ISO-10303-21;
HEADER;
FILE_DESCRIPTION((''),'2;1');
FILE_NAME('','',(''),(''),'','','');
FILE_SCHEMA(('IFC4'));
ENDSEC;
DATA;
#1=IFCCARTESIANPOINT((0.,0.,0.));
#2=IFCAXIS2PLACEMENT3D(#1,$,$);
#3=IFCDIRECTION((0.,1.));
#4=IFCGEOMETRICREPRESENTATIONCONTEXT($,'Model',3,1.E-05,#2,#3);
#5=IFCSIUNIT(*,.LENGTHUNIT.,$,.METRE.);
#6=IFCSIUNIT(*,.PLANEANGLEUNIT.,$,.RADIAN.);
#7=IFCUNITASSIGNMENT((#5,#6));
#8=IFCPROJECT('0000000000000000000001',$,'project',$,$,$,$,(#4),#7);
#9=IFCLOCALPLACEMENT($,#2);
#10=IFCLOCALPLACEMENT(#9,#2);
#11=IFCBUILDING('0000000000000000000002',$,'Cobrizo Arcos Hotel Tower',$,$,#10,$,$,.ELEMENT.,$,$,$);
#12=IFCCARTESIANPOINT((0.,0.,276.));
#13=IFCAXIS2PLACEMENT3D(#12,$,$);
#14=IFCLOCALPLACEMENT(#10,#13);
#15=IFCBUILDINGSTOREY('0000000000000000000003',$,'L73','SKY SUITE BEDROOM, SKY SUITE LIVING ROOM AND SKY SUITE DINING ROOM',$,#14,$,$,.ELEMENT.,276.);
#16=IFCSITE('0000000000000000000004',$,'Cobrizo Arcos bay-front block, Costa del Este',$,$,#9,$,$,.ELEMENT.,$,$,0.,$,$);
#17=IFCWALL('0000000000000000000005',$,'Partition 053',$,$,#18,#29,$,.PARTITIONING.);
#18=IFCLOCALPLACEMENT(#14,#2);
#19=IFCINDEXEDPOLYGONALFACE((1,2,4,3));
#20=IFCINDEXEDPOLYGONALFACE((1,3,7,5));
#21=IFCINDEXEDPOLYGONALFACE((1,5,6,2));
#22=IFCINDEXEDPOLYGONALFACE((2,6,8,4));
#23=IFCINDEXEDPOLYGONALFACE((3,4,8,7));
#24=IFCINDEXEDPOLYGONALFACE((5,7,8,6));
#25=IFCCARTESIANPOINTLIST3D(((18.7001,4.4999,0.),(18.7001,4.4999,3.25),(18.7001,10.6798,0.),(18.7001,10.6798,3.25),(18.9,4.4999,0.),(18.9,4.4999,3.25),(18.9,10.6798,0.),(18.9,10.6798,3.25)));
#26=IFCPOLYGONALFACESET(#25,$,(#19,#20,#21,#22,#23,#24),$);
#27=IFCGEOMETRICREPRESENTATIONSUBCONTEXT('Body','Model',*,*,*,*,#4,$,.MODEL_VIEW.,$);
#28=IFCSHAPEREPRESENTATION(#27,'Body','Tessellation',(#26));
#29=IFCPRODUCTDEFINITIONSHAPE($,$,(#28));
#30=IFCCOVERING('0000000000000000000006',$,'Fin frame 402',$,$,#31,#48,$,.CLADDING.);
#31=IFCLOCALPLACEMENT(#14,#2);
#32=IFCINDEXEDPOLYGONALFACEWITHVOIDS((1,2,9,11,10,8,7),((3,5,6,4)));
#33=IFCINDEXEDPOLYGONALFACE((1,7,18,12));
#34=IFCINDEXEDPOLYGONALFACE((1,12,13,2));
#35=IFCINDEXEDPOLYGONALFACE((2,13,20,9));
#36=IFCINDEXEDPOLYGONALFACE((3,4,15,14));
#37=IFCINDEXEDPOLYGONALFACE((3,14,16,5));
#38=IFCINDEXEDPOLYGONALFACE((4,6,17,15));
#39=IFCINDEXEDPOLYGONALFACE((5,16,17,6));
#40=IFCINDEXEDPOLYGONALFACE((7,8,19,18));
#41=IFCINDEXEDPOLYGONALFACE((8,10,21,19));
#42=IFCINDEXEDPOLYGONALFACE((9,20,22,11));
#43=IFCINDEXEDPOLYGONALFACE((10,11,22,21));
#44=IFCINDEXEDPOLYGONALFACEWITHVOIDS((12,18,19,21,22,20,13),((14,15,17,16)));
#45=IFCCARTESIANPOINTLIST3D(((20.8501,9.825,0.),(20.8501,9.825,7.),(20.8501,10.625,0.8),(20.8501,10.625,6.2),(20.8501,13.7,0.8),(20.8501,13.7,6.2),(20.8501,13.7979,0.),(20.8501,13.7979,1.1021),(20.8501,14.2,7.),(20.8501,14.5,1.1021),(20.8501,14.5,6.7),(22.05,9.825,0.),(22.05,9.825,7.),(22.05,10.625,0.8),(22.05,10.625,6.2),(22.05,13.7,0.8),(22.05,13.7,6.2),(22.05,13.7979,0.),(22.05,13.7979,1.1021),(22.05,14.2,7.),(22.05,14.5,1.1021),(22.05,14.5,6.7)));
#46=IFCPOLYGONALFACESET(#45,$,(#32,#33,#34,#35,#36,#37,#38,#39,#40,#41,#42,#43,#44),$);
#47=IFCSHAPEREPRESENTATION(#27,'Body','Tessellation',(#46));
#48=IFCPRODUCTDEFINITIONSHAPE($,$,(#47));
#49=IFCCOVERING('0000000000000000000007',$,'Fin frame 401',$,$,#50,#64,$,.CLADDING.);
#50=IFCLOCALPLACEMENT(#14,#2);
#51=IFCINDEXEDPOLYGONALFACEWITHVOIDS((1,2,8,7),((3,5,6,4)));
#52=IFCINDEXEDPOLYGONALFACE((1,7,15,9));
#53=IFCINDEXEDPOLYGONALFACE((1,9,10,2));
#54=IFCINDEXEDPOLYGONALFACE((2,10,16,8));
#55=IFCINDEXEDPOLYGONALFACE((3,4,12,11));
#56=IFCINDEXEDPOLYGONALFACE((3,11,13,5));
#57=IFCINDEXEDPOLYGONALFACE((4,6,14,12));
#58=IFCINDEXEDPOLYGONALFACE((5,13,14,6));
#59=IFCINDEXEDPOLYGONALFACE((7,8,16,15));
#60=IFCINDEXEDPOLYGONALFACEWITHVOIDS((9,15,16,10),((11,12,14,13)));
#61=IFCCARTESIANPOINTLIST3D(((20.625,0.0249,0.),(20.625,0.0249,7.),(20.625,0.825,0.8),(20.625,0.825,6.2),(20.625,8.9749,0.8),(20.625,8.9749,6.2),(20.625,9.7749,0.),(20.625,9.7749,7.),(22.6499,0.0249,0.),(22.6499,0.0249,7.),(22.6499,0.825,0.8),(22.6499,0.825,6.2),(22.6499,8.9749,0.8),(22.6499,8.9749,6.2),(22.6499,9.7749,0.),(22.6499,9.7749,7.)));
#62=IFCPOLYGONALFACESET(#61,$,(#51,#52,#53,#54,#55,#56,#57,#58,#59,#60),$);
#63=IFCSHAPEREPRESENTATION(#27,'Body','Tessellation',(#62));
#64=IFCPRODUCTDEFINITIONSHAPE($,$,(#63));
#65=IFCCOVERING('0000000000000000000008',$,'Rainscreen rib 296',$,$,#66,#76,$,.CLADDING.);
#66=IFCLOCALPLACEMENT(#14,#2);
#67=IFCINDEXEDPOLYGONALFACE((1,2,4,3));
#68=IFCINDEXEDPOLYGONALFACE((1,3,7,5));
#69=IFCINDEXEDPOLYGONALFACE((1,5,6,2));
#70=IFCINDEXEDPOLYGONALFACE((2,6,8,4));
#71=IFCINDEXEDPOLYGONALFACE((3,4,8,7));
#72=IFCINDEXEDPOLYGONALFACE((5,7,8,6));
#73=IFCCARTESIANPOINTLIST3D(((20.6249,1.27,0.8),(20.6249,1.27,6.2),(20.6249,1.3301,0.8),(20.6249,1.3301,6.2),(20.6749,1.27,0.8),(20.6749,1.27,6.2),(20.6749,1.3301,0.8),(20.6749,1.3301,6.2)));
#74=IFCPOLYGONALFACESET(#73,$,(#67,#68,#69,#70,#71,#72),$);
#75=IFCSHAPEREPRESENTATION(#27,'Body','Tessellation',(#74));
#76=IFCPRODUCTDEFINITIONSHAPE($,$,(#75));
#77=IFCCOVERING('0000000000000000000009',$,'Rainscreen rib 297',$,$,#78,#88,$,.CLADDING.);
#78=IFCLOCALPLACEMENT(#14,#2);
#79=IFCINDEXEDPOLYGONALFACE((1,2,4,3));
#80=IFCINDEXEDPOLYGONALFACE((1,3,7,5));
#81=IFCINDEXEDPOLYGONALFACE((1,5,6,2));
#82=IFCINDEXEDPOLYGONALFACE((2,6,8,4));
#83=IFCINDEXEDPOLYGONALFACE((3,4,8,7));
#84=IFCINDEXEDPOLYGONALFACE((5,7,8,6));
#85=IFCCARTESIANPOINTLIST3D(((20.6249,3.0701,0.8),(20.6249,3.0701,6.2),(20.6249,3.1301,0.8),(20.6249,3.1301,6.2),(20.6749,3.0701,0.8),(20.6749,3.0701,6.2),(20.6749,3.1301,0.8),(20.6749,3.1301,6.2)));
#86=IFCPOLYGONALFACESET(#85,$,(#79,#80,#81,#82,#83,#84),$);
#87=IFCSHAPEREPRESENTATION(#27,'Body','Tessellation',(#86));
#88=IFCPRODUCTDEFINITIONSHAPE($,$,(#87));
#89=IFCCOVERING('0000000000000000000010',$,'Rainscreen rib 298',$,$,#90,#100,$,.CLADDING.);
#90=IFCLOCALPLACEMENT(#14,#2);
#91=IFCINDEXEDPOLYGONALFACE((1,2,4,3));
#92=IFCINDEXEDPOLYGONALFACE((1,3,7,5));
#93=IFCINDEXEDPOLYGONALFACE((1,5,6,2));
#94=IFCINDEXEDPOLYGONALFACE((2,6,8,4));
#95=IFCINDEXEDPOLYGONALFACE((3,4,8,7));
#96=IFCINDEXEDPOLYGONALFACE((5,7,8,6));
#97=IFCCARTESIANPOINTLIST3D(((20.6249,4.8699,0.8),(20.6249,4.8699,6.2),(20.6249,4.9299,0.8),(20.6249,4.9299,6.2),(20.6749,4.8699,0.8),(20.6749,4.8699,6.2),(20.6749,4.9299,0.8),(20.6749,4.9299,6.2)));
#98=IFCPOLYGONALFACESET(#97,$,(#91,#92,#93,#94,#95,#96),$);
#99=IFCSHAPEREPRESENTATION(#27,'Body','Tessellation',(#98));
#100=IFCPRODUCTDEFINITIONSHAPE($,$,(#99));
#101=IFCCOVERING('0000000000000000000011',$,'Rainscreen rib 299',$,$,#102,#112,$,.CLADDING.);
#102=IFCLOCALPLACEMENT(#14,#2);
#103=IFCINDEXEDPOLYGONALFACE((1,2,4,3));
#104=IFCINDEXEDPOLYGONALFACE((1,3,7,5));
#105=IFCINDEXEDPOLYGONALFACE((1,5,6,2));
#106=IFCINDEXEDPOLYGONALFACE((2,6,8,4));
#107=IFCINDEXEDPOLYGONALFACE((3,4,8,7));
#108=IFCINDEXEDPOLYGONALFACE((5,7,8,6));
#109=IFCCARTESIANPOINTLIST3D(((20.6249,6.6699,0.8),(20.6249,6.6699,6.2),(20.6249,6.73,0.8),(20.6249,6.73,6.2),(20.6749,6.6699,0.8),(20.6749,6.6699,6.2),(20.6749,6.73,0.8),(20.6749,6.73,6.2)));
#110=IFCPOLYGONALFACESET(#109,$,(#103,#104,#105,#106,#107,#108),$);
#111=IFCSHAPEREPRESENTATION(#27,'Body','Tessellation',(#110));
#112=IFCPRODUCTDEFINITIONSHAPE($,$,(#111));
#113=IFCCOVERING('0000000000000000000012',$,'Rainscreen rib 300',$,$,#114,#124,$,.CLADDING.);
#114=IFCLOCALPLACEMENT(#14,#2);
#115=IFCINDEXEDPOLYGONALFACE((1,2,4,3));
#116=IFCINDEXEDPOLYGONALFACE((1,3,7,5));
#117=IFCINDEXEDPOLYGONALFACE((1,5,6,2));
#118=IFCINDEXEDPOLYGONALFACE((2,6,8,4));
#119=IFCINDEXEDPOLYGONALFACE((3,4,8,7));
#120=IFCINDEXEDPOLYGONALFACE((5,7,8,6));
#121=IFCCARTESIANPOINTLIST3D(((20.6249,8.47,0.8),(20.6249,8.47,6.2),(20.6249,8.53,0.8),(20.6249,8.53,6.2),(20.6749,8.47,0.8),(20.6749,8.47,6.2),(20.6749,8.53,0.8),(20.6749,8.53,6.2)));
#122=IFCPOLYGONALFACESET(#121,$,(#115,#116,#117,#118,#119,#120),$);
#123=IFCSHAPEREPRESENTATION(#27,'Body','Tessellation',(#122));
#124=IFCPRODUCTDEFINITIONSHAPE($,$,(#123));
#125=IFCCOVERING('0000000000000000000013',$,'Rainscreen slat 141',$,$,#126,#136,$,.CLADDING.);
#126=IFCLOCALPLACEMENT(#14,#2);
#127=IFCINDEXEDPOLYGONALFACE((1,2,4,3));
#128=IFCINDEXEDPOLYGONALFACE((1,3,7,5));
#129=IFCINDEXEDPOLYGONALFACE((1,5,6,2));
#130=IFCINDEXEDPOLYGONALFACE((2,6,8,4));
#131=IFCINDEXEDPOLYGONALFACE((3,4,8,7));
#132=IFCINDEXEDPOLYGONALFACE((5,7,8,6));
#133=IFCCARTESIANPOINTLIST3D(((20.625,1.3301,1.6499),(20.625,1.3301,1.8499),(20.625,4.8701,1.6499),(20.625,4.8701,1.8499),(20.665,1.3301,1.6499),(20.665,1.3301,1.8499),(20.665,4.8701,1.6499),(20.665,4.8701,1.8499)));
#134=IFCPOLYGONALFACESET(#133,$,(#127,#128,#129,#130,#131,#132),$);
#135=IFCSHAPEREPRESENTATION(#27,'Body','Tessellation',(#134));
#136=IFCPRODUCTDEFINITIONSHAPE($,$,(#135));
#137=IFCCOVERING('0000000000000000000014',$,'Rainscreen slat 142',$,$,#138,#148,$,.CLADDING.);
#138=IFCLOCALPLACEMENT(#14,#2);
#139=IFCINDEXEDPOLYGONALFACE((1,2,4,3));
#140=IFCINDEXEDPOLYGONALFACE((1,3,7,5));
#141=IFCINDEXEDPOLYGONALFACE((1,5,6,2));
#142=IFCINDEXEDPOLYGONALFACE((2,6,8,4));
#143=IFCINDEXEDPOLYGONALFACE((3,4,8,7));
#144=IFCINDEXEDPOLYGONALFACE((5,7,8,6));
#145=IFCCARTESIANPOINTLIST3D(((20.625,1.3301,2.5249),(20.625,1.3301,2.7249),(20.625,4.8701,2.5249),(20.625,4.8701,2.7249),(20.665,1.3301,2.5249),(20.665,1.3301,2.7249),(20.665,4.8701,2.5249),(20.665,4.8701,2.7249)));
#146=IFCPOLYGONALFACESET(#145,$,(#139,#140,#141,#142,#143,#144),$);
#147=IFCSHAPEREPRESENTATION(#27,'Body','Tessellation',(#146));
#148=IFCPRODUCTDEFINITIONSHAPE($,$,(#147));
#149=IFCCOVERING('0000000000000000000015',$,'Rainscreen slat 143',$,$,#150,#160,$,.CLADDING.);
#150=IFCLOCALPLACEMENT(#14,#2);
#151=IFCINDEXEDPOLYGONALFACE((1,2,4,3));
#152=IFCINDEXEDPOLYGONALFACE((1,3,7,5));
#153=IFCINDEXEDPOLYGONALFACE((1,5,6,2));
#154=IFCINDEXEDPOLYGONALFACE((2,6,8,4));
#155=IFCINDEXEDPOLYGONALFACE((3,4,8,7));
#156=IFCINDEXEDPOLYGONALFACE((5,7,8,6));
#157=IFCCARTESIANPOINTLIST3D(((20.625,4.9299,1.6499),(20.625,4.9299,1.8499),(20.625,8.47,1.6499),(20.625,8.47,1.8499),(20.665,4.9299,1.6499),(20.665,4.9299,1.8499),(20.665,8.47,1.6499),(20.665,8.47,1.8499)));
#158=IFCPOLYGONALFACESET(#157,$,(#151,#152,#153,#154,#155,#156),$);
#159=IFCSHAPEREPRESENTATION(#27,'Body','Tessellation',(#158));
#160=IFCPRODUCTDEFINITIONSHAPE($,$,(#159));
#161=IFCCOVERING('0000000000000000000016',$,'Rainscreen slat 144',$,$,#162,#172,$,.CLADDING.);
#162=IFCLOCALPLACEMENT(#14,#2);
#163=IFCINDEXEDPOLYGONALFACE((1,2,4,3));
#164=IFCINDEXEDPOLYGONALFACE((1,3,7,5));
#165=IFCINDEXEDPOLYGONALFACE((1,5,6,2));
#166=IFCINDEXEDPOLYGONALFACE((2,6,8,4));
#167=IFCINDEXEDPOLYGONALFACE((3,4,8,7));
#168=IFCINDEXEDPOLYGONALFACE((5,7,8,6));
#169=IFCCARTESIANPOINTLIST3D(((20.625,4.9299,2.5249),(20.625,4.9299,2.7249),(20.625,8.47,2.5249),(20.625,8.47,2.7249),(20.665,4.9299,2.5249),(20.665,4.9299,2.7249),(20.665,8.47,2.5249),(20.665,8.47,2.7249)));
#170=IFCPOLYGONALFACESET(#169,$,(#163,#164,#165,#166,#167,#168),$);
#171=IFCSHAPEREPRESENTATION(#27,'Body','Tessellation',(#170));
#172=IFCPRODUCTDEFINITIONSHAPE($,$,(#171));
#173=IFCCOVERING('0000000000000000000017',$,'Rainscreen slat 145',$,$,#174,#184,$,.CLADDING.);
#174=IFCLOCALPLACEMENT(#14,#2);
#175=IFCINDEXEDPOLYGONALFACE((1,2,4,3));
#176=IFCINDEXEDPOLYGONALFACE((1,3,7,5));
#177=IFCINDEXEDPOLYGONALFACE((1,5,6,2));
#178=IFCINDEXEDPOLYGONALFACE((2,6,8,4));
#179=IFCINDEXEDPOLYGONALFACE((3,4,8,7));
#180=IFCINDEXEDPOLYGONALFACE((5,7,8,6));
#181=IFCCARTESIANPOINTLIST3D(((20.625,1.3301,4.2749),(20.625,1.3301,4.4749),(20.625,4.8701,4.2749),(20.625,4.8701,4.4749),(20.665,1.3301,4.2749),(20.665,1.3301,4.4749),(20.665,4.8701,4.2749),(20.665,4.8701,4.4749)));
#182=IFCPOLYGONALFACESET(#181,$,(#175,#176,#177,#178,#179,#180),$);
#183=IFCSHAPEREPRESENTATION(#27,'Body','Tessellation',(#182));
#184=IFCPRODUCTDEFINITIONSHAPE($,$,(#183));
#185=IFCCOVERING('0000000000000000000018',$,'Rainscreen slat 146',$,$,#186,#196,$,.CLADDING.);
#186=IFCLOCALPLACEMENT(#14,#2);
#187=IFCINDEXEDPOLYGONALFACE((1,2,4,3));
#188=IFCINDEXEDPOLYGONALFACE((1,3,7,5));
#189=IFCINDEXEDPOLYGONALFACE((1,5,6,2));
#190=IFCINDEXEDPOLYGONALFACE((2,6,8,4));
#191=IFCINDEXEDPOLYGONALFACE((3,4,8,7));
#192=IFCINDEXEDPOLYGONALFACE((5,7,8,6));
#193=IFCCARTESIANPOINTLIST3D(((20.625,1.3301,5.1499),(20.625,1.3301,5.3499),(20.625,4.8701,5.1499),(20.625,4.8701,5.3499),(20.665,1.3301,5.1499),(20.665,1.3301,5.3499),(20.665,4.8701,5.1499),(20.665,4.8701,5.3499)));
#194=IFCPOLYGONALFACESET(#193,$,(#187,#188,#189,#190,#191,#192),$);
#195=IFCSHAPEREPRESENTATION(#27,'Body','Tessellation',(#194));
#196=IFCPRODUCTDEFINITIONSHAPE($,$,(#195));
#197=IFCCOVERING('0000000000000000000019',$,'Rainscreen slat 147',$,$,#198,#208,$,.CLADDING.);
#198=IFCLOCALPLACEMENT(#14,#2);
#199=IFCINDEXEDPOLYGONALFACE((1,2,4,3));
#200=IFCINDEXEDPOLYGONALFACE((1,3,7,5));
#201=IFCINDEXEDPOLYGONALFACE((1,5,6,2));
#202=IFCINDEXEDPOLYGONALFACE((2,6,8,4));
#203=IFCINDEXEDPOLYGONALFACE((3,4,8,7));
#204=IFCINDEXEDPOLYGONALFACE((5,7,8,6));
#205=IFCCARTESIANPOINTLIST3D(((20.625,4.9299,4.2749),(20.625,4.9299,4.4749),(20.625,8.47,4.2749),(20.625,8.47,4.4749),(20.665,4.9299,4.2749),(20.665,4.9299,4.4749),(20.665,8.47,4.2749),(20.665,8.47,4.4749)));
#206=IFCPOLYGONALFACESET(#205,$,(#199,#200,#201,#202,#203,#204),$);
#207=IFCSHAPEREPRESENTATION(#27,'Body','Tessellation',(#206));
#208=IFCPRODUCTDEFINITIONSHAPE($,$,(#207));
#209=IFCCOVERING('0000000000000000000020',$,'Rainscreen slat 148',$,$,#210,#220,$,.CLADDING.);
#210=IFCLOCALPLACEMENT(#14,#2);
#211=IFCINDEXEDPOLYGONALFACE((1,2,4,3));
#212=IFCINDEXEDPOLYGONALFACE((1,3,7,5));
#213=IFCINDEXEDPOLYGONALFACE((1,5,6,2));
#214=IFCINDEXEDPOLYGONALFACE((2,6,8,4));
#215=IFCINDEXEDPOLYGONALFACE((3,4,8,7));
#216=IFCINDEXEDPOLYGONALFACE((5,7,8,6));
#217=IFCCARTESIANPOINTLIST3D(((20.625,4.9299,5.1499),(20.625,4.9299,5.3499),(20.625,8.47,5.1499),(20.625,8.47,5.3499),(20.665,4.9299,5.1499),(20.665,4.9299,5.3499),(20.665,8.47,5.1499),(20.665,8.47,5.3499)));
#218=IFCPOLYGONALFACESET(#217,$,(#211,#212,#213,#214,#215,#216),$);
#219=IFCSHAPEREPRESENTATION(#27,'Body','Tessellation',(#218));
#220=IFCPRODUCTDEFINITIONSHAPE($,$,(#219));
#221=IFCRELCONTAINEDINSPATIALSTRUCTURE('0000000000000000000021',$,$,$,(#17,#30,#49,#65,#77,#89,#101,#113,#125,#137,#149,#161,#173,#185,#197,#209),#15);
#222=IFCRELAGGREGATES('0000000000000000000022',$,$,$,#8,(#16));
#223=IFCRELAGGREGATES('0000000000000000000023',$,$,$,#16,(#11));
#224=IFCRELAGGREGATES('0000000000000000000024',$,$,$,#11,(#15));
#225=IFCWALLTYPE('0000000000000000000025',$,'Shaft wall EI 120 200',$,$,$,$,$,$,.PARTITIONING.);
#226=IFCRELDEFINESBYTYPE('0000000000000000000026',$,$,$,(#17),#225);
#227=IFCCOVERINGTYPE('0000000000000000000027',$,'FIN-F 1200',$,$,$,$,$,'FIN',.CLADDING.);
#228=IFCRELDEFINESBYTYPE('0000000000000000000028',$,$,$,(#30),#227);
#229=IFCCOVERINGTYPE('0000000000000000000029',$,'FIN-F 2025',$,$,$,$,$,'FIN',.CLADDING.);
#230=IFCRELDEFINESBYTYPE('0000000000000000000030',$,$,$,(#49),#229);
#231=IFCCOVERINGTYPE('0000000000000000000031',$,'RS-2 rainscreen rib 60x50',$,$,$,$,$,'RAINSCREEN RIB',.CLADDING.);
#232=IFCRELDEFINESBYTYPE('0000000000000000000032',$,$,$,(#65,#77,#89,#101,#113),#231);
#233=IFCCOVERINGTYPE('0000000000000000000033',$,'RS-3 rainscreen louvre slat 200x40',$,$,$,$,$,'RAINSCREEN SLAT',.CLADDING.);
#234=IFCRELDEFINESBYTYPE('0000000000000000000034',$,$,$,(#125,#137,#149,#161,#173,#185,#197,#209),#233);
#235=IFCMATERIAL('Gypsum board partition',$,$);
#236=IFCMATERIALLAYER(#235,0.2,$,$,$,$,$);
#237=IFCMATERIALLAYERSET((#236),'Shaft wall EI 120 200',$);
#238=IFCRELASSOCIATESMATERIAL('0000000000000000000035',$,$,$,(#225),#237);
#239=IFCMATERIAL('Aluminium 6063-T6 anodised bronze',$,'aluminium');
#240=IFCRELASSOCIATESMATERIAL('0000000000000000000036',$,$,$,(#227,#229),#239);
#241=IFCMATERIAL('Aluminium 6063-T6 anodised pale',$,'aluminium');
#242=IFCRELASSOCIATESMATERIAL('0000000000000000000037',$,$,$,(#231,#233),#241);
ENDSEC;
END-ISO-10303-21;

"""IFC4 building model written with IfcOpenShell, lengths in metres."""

from ifc_helpers import new_model, si_unit, direction, frame, frame_2d, origin, origin_2d, place, context, subcontext, project, spatial, polyline, rectangle, outline, extrude, material, layer, layer_set, type_object, element, save


model = new_model("IFC4")

# Units and contexts
model_context = context("Model", 3, precision=1e-05, world=origin(), true_north=direction((0.0, 1.0)))
body_context = subcontext(model_context, "Body", "Model", "MODEL_VIEW")
ifc_project = project(units=[si_unit("LENGTHUNIT", "METRE"), si_unit("PLANEANGLEUNIT", "RADIAN")], contexts=[model_context])

# Site, building, storey
site_placement = place(None, origin())
site = spatial("IfcSite", under=ifc_project, at=site_placement, Name="Cobrizo Arcos bay-front block, Costa del Este", CompositionType="ELEMENT", RefElevation=0.0)
building_placement = place(site_placement, origin())
building = spatial("IfcBuilding", under=site, at=building_placement, Name="Cobrizo Arcos Hotel Tower", CompositionType="ELEMENT")
storey_placement = place(building_placement, frame((0.0, 0.0, 276.0)))
storey = spatial("IfcBuildingStorey", under=building, at=storey_placement, Name="L73", Description="SKY SUITE BEDROOM, SKY SUITE LIVING ROOM AND SKY SUITE DINING ROOM", CompositionType="ELEMENT", Elevation=276.0)

# Wall
ifc_material_1 = material(Name="Gypsum board partition")
ifc_layer = layer(ifc_material_1, 0.2)
ifc_layer_set = layer_set([ifc_layer], Name="Shaft wall EI 120 200")
wall_type = type_object("IfcWallType", Name="Shaft wall EI 120 200", PredefinedType="PARTITIONING", material=ifc_layer_set)
wall_placement = place(storey_placement, frame((18.8, 4.5, 0.0), z_axis=(0.0, 0.0, 1.0), x_axis=(0.0, 1.0, 0.0)))
element("IfcWall", 1, at=wall_placement, inside=storey, type_object=wall_type, Name="Partition 053", PredefinedType="PARTITIONING", context=body_context, shape_type="SweptSolid", body=[
    extrude(rectangle(XDim=6.1799, YDim=0.2, at=frame_2d((3.0898, 0.0))), origin(), (0.0, 0.0, 1.0), 3.25),
])

# Coverings
ifc_material_2 = material(Name="Aluminium 6063-T6 anodised bronze", Category="aluminium")
covering_type_1 = type_object("IfcCoveringType", Name="FIN-F 1200", ElementType="FIN", PredefinedType="CLADDING", material=ifc_material_2)
covering_1_placement = place(storey_placement, frame((20.8501, 9.825, 0.0), z_axis=(1.0, 0.0, 0.0), x_axis=(0.0, 1.0, 0.0)))
element("IfcCovering", 2, at=covering_1_placement, inside=storey, type_object=covering_type_1, Name="Fin frame 402", PredefinedType="CLADDING", context=body_context, shape_type="SweptSolid", body=[
    extrude(outline(polyline([(0.0, 0.0), (3.9729, 0.0), (3.9729, 1.1021), (4.675, 1.1021), (4.675, 6.7), (4.375, 7.0), (0.0, 7.0), (0.0, 0.0)]), holes=[polyline([(3.875, 0.8), (0.8, 0.8), (0.8, 6.2), (3.875, 6.2), (3.875, 0.8)])]), origin(), (0.0, 0.0, 1.0), 1.2),
])
covering_type_2 = type_object("IfcCoveringType", Name="FIN-F 2025", ElementType="FIN", PredefinedType="CLADDING", material=ifc_material_2)
covering_2_placement = place(storey_placement, frame((20.625, 0.0249, 0.0), z_axis=(1.0, 0.0, 0.0), x_axis=(0.0, 1.0, 0.0)))
element("IfcCovering", 3, at=covering_2_placement, inside=storey, type_object=covering_type_2, Name="Fin frame 401", PredefinedType="CLADDING", context=body_context, shape_type="SweptSolid", body=[
    extrude(outline(polyline([(0.0, 7.0), (0.0, 0.0), (9.75, 0.0), (9.75, 7.0), (0.0, 7.0)]), holes=[polyline([(8.95, 0.8), (0.8, 0.8), (0.8, 6.2), (8.95, 6.2), (8.95, 0.8)])]), origin(), (0.0, 0.0, 1.0), 2.0249),
])
ifc_material_3 = material(Name="Aluminium 6063-T6 anodised pale", Category="aluminium")
covering_type_3 = type_object("IfcCoveringType", Name="RS-2 rainscreen rib 60x50", ElementType="RAINSCREEN RIB", PredefinedType="CLADDING", material=ifc_material_3)
for number, where, z_axis, x_axis, name in (
    (4, (20.6499, 1.3, 0.8), (0.0, 0.0, 1.0), (0.0, 1.0, 0.0), "Rainscreen rib 296"),
    (5, (20.6499, 3.1001, 0.8), (0.0, 0.0, 1.0), (0.0, 1.0, 0.0), "Rainscreen rib 297"),
    (6, (20.6499, 4.8999, 0.8), (0.0, 0.0, 1.0), (0.0, 1.0, 0.0), "Rainscreen rib 298"),
    (7, (20.6499, 6.7, 0.8), (0.0, 0.0, 1.0), (0.0, 1.0, 0.0), "Rainscreen rib 299"),
    (8, (20.6499, 8.5, 0.8), (0.0, 0.0, 1.0), (0.0, 1.0, 0.0), "Rainscreen rib 300"),
):
    element("IfcCovering", number, at=place(storey_placement, frame(where, z_axis=z_axis, x_axis=x_axis)), inside=storey, type_object=covering_type_3, Name=name, PredefinedType="CLADDING", context=body_context, shape_type="SweptSolid", body=[
        extrude(rectangle(XDim=0.0601, YDim=0.05, at=origin_2d()), origin(), (0.0, 0.0, 1.0), 5.3999),
    ])
covering_type_4 = type_object("IfcCoveringType", Name="RS-3 rainscreen louvre slat 200x40", ElementType="RAINSCREEN SLAT", PredefinedType="CLADDING", material=ifc_material_3)
for number, where, z_axis, x_axis, name in (
    (9, (20.645, 3.1001, 1.6499), (0.0, 0.0, 1.0), (0.0, 1.0, 0.0), "Rainscreen slat 141"),
    (10, (20.645, 3.1001, 2.5249), (0.0, 0.0, 1.0), (0.0, 1.0, 0.0), "Rainscreen slat 142"),
    (11, (20.645, 6.7, 1.6499), (0.0, 0.0, 1.0), (0.0, 1.0, 0.0), "Rainscreen slat 143"),
    (12, (20.645, 6.7, 2.5249), (0.0, 0.0, 1.0), (0.0, 1.0, 0.0), "Rainscreen slat 144"),
    (13, (20.645, 3.1001, 4.2749), (0.0, 0.0, 1.0), (0.0, 1.0, 0.0), "Rainscreen slat 145"),
    (14, (20.645, 3.1001, 5.1499), (0.0, 0.0, 1.0), (0.0, 1.0, 0.0), "Rainscreen slat 146"),
    (15, (20.645, 6.7, 4.2749), (0.0, 0.0, 1.0), (0.0, 1.0, 0.0), "Rainscreen slat 147"),
    (16, (20.645, 6.7, 5.1499), (0.0, 0.0, 1.0), (0.0, 1.0, 0.0), "Rainscreen slat 148"),
):
    element("IfcCovering", number, at=place(storey_placement, frame(where, z_axis=z_axis, x_axis=x_axis)), inside=storey, type_object=covering_type_4, Name=name, PredefinedType="CLADDING", context=body_context, shape_type="SweptSolid", body=[
        extrude(rectangle(XDim=3.54, YDim=0.04, at=origin_2d()), origin(), (0.0, 0.0, 1.0), 0.2),
    ])

save(model, "model.ifc")
